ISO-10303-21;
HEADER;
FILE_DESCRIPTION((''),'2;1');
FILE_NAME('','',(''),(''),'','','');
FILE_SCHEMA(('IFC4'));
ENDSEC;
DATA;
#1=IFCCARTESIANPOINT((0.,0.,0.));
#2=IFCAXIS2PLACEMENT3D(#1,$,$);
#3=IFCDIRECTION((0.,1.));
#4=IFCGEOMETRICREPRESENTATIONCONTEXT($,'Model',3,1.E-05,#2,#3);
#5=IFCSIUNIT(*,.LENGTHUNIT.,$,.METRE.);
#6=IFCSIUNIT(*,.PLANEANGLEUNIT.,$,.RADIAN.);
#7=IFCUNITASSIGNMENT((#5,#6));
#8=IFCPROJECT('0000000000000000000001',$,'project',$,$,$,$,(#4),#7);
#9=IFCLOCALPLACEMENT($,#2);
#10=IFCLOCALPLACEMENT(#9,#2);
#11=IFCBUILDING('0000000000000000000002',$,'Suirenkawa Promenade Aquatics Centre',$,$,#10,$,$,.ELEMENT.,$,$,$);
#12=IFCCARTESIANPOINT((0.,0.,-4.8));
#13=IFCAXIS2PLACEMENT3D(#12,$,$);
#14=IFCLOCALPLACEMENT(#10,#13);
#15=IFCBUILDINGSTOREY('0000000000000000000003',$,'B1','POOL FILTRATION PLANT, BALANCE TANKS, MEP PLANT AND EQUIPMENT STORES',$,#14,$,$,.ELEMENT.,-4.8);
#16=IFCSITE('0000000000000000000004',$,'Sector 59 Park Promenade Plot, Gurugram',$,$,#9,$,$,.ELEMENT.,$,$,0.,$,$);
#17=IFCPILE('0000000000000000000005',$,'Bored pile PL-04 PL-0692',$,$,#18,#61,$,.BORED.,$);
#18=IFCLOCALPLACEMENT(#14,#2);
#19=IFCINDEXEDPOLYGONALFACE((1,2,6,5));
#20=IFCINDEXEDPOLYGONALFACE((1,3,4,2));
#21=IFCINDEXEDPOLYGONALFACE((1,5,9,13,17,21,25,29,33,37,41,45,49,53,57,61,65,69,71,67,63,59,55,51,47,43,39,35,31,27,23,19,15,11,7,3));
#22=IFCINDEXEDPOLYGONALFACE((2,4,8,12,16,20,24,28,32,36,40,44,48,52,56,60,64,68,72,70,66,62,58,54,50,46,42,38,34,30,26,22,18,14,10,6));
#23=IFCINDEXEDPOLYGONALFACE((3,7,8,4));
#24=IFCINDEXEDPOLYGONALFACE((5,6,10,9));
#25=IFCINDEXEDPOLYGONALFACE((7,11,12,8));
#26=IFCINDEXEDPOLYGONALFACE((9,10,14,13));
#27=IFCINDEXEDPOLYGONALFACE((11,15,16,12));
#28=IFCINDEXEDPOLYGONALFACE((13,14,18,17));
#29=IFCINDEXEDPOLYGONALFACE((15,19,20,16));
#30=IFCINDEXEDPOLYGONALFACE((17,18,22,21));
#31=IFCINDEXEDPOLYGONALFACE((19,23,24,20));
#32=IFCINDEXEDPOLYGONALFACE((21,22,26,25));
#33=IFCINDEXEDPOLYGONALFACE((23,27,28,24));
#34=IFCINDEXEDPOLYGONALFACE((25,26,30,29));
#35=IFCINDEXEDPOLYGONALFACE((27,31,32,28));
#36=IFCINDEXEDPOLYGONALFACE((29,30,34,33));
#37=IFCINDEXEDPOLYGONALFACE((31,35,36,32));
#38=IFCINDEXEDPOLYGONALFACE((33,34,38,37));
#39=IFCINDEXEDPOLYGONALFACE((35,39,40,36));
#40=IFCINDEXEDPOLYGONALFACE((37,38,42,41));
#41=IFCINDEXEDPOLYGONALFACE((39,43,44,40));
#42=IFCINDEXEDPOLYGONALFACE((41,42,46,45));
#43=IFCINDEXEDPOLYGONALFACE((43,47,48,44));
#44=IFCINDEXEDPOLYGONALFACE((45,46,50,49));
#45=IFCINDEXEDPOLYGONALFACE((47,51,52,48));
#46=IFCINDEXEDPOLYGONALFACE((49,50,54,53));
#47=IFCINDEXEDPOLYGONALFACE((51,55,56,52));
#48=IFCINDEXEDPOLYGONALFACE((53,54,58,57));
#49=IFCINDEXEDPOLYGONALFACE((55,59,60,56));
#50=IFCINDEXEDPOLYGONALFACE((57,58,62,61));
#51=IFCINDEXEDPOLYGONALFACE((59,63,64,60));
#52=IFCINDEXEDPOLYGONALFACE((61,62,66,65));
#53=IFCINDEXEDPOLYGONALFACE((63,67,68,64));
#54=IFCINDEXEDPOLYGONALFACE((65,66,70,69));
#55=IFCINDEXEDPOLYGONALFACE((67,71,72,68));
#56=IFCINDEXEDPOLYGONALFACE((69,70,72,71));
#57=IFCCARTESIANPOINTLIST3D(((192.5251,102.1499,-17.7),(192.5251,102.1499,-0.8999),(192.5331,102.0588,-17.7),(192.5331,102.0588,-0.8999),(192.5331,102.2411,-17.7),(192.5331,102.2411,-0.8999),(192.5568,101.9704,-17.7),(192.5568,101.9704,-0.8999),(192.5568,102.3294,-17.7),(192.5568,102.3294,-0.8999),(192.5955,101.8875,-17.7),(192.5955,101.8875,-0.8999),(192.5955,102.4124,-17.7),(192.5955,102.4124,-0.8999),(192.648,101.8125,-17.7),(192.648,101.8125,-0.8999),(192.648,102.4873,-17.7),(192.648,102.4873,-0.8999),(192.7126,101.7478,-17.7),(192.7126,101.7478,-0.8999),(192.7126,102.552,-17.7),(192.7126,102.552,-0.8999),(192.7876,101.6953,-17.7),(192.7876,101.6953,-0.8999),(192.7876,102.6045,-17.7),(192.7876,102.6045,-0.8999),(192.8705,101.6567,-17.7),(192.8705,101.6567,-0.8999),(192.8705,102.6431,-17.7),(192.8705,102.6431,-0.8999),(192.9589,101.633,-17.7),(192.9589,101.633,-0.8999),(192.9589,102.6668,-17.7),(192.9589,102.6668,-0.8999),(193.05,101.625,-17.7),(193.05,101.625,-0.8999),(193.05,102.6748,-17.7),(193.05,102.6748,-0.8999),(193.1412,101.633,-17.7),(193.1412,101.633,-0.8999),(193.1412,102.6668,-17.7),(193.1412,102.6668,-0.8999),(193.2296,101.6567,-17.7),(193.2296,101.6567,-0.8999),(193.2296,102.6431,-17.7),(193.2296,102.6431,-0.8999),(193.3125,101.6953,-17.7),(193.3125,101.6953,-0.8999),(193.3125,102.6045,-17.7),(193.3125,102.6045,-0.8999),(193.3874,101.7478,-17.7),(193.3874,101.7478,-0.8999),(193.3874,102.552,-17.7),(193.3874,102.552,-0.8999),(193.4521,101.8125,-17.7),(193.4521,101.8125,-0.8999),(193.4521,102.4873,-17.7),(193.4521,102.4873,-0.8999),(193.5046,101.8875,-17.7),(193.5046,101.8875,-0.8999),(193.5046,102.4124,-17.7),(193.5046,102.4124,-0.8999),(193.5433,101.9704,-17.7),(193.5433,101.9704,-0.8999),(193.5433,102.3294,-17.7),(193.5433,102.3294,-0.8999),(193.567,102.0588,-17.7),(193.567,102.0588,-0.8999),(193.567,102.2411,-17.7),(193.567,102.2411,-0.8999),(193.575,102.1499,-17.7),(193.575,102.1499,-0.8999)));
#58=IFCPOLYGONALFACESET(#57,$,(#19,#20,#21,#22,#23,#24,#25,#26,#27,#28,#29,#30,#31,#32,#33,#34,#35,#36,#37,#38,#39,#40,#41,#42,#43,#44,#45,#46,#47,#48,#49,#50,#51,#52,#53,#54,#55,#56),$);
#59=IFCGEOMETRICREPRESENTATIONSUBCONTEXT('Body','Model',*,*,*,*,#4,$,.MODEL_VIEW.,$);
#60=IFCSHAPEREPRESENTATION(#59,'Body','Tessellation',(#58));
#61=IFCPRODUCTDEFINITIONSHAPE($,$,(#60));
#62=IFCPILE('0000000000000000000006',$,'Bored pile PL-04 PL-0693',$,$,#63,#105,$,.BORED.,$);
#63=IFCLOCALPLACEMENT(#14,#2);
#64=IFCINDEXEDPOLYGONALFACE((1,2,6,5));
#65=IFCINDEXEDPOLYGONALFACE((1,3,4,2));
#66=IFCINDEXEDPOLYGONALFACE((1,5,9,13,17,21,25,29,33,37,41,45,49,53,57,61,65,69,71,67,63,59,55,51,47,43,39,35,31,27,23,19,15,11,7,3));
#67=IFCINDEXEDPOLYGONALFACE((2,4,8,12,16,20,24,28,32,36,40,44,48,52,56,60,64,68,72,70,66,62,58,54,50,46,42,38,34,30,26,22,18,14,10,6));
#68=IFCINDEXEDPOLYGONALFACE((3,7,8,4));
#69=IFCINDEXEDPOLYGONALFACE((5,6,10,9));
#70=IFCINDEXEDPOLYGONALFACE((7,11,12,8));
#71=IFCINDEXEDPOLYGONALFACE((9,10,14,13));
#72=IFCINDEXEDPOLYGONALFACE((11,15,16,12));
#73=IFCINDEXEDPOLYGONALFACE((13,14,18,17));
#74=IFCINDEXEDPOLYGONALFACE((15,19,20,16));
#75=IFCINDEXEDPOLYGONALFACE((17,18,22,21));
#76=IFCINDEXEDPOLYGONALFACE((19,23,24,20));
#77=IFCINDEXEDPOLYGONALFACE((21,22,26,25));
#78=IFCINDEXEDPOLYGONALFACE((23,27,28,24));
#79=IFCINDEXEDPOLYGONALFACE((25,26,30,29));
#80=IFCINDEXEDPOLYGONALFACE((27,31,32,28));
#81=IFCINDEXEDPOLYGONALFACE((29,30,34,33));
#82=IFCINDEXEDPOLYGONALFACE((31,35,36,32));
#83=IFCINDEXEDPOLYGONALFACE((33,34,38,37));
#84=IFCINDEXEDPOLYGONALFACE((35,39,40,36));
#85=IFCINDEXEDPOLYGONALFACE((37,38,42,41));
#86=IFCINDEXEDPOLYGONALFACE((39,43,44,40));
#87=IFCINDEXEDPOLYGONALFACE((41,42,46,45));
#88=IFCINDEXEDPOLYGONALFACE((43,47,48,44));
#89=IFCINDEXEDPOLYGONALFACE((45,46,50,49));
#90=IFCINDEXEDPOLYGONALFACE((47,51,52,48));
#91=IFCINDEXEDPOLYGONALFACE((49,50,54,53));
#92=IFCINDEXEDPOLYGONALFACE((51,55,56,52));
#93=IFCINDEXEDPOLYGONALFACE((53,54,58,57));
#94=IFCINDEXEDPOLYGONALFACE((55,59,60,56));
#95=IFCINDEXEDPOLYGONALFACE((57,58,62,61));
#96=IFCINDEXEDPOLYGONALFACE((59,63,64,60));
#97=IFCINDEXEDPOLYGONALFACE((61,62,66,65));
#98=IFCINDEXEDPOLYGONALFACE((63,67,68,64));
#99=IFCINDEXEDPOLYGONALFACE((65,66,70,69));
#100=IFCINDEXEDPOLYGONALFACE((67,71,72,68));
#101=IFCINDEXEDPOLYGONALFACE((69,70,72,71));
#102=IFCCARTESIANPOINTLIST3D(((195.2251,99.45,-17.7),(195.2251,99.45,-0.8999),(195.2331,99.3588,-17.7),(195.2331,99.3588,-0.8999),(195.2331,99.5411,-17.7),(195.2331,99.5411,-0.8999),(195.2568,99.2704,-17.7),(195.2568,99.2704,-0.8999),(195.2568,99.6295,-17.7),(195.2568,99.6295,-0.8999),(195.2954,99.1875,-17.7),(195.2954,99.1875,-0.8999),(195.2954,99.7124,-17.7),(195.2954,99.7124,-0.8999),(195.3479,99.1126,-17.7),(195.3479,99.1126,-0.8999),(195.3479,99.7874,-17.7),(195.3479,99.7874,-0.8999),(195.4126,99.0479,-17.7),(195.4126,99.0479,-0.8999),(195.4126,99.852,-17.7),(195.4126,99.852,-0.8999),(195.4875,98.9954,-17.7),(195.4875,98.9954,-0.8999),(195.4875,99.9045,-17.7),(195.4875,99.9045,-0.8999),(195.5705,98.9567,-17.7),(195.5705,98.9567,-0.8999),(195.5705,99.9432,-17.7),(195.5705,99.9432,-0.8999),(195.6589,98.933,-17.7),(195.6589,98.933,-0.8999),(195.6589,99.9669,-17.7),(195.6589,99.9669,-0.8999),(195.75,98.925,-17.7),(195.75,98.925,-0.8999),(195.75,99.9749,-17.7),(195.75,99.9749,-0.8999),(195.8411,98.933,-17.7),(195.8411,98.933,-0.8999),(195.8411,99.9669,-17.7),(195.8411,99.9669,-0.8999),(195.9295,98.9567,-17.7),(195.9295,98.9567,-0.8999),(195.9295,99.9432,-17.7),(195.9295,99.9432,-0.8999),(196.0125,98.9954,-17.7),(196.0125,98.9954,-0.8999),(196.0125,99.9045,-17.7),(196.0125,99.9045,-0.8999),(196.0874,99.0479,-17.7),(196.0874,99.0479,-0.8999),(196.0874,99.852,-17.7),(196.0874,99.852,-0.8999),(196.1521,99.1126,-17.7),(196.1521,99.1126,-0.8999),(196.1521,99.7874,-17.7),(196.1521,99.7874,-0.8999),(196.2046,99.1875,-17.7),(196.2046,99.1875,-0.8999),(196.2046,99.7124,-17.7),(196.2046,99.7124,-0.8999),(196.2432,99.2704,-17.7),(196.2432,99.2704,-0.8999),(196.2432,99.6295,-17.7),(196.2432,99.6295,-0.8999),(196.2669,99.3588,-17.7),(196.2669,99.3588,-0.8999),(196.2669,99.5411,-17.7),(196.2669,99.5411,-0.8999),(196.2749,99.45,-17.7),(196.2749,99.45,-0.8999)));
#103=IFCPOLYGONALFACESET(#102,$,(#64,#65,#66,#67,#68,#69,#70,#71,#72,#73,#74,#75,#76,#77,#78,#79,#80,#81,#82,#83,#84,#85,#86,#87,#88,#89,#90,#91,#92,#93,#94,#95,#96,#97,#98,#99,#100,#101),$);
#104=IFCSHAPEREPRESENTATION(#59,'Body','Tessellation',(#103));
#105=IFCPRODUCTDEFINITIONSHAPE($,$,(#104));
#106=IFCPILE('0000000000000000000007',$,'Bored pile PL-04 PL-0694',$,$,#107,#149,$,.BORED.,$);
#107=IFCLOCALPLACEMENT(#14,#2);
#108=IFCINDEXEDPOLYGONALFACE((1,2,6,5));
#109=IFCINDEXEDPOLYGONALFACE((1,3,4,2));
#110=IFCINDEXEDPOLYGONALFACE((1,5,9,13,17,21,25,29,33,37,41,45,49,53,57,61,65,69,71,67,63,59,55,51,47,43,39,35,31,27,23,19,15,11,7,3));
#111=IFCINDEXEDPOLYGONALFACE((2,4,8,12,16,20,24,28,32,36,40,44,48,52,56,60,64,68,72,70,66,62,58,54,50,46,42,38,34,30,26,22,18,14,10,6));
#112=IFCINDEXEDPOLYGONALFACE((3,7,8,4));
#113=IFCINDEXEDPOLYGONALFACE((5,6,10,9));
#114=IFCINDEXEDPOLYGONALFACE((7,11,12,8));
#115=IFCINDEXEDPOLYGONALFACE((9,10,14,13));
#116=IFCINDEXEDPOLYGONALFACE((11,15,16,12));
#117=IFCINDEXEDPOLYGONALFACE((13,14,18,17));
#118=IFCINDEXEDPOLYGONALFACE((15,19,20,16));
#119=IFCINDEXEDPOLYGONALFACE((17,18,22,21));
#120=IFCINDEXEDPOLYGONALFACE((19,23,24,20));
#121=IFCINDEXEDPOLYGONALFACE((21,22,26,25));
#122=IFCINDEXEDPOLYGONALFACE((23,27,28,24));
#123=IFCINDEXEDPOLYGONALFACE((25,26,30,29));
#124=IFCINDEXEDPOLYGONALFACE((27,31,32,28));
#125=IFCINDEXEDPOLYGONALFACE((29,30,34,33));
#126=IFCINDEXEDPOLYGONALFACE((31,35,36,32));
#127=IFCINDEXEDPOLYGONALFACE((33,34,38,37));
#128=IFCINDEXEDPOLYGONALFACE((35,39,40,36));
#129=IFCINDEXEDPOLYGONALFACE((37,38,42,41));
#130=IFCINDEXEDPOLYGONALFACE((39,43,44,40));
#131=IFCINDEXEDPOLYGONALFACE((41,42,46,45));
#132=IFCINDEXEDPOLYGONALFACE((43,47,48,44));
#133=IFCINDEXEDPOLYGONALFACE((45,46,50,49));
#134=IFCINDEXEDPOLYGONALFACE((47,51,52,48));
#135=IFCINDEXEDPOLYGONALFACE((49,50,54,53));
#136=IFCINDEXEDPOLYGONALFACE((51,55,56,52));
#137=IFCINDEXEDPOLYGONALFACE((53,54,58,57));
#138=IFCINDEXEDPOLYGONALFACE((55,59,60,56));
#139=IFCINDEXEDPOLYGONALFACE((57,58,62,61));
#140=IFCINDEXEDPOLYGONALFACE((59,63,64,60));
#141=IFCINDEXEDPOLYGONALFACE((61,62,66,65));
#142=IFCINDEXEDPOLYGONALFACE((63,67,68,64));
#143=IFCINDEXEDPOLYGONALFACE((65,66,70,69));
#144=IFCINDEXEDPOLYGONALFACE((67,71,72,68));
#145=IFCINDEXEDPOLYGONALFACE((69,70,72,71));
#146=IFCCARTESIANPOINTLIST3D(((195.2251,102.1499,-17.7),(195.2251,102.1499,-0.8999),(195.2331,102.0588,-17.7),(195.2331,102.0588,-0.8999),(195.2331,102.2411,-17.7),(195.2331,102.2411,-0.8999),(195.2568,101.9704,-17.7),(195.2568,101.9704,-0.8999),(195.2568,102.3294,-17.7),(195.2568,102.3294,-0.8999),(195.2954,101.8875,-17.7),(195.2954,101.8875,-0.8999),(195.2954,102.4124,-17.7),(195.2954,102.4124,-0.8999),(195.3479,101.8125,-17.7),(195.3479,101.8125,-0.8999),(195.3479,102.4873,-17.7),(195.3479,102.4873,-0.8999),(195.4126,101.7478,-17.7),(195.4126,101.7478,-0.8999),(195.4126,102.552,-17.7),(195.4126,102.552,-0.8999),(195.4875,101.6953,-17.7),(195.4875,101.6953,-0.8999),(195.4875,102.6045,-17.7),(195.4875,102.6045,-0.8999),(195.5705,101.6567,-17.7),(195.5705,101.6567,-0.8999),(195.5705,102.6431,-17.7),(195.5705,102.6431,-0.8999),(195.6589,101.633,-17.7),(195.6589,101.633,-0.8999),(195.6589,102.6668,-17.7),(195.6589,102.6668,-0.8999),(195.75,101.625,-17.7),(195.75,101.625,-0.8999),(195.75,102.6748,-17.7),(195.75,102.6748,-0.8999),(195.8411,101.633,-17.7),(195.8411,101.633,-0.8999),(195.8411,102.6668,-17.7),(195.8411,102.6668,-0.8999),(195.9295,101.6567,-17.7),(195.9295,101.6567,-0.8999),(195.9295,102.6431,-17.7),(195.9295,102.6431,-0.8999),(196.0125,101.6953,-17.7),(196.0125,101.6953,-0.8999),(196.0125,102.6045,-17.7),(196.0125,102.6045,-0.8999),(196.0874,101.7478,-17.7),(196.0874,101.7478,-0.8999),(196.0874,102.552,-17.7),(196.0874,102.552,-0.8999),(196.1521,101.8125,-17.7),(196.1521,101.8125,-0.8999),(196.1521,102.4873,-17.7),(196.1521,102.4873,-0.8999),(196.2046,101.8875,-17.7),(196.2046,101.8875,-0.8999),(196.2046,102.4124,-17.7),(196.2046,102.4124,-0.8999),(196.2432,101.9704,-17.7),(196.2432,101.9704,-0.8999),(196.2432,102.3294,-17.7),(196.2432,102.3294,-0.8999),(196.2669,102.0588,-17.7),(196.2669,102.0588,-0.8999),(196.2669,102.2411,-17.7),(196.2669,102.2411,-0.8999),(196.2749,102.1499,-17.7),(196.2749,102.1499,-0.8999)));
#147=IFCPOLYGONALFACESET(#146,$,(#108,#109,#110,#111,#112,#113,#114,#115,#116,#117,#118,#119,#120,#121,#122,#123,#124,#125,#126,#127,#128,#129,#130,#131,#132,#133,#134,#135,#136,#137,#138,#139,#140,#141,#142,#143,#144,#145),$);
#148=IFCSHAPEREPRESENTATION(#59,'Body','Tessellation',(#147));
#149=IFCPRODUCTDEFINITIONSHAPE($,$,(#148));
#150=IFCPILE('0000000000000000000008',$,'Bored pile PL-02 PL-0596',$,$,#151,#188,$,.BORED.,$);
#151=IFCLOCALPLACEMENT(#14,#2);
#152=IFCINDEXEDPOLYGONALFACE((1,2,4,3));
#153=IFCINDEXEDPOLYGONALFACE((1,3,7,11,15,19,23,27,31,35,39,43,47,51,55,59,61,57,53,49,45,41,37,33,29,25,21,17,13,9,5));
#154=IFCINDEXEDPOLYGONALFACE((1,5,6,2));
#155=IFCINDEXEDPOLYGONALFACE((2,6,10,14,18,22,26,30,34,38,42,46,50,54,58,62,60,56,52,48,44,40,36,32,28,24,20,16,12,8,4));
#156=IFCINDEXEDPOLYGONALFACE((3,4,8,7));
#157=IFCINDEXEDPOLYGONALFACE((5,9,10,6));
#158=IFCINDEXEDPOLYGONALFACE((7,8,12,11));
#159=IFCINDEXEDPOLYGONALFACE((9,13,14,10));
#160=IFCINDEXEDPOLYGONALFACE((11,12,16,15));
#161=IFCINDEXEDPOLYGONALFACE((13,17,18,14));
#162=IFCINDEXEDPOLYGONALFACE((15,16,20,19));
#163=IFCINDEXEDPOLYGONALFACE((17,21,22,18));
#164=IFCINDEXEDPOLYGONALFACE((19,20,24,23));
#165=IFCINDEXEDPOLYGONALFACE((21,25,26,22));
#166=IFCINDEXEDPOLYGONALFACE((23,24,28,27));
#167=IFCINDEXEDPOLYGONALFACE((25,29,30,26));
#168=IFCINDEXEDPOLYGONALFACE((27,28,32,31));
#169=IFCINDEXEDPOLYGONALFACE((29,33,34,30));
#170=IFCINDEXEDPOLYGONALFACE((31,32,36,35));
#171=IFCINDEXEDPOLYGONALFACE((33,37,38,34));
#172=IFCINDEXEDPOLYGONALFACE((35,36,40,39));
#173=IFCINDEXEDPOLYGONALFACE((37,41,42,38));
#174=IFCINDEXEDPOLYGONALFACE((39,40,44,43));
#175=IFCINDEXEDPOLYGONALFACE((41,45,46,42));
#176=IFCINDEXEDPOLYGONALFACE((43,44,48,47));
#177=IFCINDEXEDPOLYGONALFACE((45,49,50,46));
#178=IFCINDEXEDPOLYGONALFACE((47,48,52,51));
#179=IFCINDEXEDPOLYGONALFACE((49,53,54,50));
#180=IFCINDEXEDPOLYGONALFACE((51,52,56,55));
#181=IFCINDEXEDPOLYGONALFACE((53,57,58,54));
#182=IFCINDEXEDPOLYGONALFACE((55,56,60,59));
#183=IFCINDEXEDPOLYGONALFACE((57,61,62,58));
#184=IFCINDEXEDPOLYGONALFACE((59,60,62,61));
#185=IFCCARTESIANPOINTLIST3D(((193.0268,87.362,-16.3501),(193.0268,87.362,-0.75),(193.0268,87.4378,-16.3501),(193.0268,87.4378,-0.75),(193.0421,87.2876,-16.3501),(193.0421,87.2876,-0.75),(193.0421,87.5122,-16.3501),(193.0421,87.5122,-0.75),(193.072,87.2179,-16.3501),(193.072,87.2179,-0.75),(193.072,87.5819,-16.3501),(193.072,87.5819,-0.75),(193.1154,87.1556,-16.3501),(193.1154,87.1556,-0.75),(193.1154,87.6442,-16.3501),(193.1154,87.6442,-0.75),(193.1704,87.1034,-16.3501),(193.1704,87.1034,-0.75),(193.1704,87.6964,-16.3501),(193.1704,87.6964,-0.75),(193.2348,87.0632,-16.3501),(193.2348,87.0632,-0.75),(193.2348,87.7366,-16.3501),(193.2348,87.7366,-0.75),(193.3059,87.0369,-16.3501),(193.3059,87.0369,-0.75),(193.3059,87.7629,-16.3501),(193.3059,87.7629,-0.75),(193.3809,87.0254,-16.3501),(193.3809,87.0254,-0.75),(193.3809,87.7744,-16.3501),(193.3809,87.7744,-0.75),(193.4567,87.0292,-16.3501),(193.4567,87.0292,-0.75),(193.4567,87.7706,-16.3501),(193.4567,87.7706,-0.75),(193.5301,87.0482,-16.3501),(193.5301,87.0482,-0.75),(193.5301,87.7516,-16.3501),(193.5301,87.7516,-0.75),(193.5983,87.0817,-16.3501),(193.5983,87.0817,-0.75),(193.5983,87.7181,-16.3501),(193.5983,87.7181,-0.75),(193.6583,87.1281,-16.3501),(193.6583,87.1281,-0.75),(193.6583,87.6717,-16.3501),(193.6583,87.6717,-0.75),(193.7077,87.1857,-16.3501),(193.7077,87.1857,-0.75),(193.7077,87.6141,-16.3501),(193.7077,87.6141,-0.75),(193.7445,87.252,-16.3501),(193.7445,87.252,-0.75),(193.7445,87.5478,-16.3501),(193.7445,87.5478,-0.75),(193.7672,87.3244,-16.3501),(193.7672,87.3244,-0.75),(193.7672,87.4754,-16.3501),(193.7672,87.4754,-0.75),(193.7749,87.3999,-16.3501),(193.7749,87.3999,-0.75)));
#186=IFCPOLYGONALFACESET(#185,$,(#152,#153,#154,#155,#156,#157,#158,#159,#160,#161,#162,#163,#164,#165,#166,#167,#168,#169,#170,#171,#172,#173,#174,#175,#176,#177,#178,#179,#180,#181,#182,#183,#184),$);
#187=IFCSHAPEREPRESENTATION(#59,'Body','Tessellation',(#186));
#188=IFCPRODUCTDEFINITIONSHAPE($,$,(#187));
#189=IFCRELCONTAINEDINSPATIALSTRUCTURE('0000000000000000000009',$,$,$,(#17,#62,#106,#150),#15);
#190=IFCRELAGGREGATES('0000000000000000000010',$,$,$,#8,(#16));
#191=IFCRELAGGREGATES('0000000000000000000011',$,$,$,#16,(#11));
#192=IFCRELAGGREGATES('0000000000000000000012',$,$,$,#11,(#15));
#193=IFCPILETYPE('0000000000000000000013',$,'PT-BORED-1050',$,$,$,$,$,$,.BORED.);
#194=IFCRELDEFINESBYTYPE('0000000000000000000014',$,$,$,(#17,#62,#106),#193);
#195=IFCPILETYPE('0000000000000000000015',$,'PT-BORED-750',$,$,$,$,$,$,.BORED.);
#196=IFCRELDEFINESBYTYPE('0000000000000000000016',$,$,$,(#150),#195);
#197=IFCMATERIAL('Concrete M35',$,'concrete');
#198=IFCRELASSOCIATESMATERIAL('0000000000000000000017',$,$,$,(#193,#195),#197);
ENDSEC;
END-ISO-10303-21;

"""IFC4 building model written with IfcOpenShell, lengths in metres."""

from ifc_helpers import new_model, si_unit, direction, frame, origin, origin_2d, place, context, subcontext, project, spatial, circle, extrude, material, material_profile, profile_set, type_object, element, save


model = new_model("IFC4")

# Units and contexts
model_context = context("Model", 3, precision=1e-05, world=origin(), true_north=direction((0.0, 1.0)))
body_context = subcontext(model_context, "Body", "Model", "MODEL_VIEW")
ifc_project = project(units=[si_unit("LENGTHUNIT", "METRE"), si_unit("PLANEANGLEUNIT", "RADIAN")], contexts=[model_context])

# Site, building, storey
site_placement = place(None, origin())
site = spatial("IfcSite", under=ifc_project, at=site_placement, Name="Sector 59 Park Promenade Plot, Gurugram", CompositionType="ELEMENT", RefElevation=0.0)
building_placement = place(site_placement, origin())
building = spatial("IfcBuilding", under=site, at=building_placement, Name="Suirenkawa Promenade Aquatics Centre", CompositionType="ELEMENT")
storey_placement = place(building_placement, frame((0.0, 0.0, -4.8)))
storey = spatial("IfcBuildingStorey", under=building, at=storey_placement, Name="B1", Description="POOL FILTRATION PLANT, BALANCE TANKS, MEP PLANT AND EQUIPMENT STORES", CompositionType="ELEMENT", Elevation=-4.8)

# Shared definitions
ifc_material_1 = material(Name="Concrete M35", Category="concrete")

# Piles
ifc_material_profile_1 = material_profile(ifc_material_1, circle(Radius=0.5249, at=origin_2d()), Name="PILE D1050", Category="concrete")
ifc_profile_set_1 = profile_set([ifc_material_profile_1], Name="Concrete M35")
pile_type_1 = type_object("IfcPileType", Name="PT-BORED-1050", PredefinedType="BORED", material=ifc_profile_set_1)
for number, where, z_axis, x_axis, name in (
    (1, (193.05, 102.1499, -0.8999), (0.0, 0.0, -1.0), (1.0, 0.0, 0.0), "Bored pile PL-04 PL-0692"),
    (2, (195.75, 99.45, -0.8999), (0.0, 0.0, -1.0), (1.0, 0.0, 0.0), "Bored pile PL-04 PL-0693"),
    (3, (195.75, 102.1499, -0.8999), (0.0, 0.0, -1.0), (1.0, 0.0, 0.0), "Bored pile PL-04 PL-0694"),
):
    element("IfcPile", number, at=place(storey_placement, frame(where, z_axis=z_axis, x_axis=x_axis)), inside=storey, type_object=pile_type_1, Name=name, PredefinedType="BORED", context=body_context, shape_type="SweptSolid", body=[
        extrude(circle(Radius=0.5249, at=origin_2d()), origin(), (0.0, 0.0, 1.0), 16.8),
    ])
ifc_material_profile_2 = material_profile(ifc_material_1, circle(Radius=0.375, at=origin_2d()), Name="PILE D750", Category="concrete")
ifc_profile_set_2 = profile_set([ifc_material_profile_2], Name="Concrete M35")
pile_type_2 = type_object("IfcPileType", Name="PT-BORED-750", PredefinedType="BORED", material=ifc_profile_set_2)
for number, where, z_axis, x_axis, name in (
    (4, (193.3999, 87.3999, -0.75), (0.0, 0.0, -1.0), (1.0, 0.0, 0.0), "Bored pile PL-02 PL-0596"),
):
    element("IfcPile", number, at=place(storey_placement, frame(where, z_axis=z_axis, x_axis=x_axis)), inside=storey, type_object=pile_type_2, Name=name, PredefinedType="BORED", context=body_context, shape_type="SweptSolid", body=[
        extrude(circle(Radius=0.375, at=origin_2d()), origin(), (0.0, 0.0, 1.0), 15.6001),
    ])

save(model, "model.ifc")
